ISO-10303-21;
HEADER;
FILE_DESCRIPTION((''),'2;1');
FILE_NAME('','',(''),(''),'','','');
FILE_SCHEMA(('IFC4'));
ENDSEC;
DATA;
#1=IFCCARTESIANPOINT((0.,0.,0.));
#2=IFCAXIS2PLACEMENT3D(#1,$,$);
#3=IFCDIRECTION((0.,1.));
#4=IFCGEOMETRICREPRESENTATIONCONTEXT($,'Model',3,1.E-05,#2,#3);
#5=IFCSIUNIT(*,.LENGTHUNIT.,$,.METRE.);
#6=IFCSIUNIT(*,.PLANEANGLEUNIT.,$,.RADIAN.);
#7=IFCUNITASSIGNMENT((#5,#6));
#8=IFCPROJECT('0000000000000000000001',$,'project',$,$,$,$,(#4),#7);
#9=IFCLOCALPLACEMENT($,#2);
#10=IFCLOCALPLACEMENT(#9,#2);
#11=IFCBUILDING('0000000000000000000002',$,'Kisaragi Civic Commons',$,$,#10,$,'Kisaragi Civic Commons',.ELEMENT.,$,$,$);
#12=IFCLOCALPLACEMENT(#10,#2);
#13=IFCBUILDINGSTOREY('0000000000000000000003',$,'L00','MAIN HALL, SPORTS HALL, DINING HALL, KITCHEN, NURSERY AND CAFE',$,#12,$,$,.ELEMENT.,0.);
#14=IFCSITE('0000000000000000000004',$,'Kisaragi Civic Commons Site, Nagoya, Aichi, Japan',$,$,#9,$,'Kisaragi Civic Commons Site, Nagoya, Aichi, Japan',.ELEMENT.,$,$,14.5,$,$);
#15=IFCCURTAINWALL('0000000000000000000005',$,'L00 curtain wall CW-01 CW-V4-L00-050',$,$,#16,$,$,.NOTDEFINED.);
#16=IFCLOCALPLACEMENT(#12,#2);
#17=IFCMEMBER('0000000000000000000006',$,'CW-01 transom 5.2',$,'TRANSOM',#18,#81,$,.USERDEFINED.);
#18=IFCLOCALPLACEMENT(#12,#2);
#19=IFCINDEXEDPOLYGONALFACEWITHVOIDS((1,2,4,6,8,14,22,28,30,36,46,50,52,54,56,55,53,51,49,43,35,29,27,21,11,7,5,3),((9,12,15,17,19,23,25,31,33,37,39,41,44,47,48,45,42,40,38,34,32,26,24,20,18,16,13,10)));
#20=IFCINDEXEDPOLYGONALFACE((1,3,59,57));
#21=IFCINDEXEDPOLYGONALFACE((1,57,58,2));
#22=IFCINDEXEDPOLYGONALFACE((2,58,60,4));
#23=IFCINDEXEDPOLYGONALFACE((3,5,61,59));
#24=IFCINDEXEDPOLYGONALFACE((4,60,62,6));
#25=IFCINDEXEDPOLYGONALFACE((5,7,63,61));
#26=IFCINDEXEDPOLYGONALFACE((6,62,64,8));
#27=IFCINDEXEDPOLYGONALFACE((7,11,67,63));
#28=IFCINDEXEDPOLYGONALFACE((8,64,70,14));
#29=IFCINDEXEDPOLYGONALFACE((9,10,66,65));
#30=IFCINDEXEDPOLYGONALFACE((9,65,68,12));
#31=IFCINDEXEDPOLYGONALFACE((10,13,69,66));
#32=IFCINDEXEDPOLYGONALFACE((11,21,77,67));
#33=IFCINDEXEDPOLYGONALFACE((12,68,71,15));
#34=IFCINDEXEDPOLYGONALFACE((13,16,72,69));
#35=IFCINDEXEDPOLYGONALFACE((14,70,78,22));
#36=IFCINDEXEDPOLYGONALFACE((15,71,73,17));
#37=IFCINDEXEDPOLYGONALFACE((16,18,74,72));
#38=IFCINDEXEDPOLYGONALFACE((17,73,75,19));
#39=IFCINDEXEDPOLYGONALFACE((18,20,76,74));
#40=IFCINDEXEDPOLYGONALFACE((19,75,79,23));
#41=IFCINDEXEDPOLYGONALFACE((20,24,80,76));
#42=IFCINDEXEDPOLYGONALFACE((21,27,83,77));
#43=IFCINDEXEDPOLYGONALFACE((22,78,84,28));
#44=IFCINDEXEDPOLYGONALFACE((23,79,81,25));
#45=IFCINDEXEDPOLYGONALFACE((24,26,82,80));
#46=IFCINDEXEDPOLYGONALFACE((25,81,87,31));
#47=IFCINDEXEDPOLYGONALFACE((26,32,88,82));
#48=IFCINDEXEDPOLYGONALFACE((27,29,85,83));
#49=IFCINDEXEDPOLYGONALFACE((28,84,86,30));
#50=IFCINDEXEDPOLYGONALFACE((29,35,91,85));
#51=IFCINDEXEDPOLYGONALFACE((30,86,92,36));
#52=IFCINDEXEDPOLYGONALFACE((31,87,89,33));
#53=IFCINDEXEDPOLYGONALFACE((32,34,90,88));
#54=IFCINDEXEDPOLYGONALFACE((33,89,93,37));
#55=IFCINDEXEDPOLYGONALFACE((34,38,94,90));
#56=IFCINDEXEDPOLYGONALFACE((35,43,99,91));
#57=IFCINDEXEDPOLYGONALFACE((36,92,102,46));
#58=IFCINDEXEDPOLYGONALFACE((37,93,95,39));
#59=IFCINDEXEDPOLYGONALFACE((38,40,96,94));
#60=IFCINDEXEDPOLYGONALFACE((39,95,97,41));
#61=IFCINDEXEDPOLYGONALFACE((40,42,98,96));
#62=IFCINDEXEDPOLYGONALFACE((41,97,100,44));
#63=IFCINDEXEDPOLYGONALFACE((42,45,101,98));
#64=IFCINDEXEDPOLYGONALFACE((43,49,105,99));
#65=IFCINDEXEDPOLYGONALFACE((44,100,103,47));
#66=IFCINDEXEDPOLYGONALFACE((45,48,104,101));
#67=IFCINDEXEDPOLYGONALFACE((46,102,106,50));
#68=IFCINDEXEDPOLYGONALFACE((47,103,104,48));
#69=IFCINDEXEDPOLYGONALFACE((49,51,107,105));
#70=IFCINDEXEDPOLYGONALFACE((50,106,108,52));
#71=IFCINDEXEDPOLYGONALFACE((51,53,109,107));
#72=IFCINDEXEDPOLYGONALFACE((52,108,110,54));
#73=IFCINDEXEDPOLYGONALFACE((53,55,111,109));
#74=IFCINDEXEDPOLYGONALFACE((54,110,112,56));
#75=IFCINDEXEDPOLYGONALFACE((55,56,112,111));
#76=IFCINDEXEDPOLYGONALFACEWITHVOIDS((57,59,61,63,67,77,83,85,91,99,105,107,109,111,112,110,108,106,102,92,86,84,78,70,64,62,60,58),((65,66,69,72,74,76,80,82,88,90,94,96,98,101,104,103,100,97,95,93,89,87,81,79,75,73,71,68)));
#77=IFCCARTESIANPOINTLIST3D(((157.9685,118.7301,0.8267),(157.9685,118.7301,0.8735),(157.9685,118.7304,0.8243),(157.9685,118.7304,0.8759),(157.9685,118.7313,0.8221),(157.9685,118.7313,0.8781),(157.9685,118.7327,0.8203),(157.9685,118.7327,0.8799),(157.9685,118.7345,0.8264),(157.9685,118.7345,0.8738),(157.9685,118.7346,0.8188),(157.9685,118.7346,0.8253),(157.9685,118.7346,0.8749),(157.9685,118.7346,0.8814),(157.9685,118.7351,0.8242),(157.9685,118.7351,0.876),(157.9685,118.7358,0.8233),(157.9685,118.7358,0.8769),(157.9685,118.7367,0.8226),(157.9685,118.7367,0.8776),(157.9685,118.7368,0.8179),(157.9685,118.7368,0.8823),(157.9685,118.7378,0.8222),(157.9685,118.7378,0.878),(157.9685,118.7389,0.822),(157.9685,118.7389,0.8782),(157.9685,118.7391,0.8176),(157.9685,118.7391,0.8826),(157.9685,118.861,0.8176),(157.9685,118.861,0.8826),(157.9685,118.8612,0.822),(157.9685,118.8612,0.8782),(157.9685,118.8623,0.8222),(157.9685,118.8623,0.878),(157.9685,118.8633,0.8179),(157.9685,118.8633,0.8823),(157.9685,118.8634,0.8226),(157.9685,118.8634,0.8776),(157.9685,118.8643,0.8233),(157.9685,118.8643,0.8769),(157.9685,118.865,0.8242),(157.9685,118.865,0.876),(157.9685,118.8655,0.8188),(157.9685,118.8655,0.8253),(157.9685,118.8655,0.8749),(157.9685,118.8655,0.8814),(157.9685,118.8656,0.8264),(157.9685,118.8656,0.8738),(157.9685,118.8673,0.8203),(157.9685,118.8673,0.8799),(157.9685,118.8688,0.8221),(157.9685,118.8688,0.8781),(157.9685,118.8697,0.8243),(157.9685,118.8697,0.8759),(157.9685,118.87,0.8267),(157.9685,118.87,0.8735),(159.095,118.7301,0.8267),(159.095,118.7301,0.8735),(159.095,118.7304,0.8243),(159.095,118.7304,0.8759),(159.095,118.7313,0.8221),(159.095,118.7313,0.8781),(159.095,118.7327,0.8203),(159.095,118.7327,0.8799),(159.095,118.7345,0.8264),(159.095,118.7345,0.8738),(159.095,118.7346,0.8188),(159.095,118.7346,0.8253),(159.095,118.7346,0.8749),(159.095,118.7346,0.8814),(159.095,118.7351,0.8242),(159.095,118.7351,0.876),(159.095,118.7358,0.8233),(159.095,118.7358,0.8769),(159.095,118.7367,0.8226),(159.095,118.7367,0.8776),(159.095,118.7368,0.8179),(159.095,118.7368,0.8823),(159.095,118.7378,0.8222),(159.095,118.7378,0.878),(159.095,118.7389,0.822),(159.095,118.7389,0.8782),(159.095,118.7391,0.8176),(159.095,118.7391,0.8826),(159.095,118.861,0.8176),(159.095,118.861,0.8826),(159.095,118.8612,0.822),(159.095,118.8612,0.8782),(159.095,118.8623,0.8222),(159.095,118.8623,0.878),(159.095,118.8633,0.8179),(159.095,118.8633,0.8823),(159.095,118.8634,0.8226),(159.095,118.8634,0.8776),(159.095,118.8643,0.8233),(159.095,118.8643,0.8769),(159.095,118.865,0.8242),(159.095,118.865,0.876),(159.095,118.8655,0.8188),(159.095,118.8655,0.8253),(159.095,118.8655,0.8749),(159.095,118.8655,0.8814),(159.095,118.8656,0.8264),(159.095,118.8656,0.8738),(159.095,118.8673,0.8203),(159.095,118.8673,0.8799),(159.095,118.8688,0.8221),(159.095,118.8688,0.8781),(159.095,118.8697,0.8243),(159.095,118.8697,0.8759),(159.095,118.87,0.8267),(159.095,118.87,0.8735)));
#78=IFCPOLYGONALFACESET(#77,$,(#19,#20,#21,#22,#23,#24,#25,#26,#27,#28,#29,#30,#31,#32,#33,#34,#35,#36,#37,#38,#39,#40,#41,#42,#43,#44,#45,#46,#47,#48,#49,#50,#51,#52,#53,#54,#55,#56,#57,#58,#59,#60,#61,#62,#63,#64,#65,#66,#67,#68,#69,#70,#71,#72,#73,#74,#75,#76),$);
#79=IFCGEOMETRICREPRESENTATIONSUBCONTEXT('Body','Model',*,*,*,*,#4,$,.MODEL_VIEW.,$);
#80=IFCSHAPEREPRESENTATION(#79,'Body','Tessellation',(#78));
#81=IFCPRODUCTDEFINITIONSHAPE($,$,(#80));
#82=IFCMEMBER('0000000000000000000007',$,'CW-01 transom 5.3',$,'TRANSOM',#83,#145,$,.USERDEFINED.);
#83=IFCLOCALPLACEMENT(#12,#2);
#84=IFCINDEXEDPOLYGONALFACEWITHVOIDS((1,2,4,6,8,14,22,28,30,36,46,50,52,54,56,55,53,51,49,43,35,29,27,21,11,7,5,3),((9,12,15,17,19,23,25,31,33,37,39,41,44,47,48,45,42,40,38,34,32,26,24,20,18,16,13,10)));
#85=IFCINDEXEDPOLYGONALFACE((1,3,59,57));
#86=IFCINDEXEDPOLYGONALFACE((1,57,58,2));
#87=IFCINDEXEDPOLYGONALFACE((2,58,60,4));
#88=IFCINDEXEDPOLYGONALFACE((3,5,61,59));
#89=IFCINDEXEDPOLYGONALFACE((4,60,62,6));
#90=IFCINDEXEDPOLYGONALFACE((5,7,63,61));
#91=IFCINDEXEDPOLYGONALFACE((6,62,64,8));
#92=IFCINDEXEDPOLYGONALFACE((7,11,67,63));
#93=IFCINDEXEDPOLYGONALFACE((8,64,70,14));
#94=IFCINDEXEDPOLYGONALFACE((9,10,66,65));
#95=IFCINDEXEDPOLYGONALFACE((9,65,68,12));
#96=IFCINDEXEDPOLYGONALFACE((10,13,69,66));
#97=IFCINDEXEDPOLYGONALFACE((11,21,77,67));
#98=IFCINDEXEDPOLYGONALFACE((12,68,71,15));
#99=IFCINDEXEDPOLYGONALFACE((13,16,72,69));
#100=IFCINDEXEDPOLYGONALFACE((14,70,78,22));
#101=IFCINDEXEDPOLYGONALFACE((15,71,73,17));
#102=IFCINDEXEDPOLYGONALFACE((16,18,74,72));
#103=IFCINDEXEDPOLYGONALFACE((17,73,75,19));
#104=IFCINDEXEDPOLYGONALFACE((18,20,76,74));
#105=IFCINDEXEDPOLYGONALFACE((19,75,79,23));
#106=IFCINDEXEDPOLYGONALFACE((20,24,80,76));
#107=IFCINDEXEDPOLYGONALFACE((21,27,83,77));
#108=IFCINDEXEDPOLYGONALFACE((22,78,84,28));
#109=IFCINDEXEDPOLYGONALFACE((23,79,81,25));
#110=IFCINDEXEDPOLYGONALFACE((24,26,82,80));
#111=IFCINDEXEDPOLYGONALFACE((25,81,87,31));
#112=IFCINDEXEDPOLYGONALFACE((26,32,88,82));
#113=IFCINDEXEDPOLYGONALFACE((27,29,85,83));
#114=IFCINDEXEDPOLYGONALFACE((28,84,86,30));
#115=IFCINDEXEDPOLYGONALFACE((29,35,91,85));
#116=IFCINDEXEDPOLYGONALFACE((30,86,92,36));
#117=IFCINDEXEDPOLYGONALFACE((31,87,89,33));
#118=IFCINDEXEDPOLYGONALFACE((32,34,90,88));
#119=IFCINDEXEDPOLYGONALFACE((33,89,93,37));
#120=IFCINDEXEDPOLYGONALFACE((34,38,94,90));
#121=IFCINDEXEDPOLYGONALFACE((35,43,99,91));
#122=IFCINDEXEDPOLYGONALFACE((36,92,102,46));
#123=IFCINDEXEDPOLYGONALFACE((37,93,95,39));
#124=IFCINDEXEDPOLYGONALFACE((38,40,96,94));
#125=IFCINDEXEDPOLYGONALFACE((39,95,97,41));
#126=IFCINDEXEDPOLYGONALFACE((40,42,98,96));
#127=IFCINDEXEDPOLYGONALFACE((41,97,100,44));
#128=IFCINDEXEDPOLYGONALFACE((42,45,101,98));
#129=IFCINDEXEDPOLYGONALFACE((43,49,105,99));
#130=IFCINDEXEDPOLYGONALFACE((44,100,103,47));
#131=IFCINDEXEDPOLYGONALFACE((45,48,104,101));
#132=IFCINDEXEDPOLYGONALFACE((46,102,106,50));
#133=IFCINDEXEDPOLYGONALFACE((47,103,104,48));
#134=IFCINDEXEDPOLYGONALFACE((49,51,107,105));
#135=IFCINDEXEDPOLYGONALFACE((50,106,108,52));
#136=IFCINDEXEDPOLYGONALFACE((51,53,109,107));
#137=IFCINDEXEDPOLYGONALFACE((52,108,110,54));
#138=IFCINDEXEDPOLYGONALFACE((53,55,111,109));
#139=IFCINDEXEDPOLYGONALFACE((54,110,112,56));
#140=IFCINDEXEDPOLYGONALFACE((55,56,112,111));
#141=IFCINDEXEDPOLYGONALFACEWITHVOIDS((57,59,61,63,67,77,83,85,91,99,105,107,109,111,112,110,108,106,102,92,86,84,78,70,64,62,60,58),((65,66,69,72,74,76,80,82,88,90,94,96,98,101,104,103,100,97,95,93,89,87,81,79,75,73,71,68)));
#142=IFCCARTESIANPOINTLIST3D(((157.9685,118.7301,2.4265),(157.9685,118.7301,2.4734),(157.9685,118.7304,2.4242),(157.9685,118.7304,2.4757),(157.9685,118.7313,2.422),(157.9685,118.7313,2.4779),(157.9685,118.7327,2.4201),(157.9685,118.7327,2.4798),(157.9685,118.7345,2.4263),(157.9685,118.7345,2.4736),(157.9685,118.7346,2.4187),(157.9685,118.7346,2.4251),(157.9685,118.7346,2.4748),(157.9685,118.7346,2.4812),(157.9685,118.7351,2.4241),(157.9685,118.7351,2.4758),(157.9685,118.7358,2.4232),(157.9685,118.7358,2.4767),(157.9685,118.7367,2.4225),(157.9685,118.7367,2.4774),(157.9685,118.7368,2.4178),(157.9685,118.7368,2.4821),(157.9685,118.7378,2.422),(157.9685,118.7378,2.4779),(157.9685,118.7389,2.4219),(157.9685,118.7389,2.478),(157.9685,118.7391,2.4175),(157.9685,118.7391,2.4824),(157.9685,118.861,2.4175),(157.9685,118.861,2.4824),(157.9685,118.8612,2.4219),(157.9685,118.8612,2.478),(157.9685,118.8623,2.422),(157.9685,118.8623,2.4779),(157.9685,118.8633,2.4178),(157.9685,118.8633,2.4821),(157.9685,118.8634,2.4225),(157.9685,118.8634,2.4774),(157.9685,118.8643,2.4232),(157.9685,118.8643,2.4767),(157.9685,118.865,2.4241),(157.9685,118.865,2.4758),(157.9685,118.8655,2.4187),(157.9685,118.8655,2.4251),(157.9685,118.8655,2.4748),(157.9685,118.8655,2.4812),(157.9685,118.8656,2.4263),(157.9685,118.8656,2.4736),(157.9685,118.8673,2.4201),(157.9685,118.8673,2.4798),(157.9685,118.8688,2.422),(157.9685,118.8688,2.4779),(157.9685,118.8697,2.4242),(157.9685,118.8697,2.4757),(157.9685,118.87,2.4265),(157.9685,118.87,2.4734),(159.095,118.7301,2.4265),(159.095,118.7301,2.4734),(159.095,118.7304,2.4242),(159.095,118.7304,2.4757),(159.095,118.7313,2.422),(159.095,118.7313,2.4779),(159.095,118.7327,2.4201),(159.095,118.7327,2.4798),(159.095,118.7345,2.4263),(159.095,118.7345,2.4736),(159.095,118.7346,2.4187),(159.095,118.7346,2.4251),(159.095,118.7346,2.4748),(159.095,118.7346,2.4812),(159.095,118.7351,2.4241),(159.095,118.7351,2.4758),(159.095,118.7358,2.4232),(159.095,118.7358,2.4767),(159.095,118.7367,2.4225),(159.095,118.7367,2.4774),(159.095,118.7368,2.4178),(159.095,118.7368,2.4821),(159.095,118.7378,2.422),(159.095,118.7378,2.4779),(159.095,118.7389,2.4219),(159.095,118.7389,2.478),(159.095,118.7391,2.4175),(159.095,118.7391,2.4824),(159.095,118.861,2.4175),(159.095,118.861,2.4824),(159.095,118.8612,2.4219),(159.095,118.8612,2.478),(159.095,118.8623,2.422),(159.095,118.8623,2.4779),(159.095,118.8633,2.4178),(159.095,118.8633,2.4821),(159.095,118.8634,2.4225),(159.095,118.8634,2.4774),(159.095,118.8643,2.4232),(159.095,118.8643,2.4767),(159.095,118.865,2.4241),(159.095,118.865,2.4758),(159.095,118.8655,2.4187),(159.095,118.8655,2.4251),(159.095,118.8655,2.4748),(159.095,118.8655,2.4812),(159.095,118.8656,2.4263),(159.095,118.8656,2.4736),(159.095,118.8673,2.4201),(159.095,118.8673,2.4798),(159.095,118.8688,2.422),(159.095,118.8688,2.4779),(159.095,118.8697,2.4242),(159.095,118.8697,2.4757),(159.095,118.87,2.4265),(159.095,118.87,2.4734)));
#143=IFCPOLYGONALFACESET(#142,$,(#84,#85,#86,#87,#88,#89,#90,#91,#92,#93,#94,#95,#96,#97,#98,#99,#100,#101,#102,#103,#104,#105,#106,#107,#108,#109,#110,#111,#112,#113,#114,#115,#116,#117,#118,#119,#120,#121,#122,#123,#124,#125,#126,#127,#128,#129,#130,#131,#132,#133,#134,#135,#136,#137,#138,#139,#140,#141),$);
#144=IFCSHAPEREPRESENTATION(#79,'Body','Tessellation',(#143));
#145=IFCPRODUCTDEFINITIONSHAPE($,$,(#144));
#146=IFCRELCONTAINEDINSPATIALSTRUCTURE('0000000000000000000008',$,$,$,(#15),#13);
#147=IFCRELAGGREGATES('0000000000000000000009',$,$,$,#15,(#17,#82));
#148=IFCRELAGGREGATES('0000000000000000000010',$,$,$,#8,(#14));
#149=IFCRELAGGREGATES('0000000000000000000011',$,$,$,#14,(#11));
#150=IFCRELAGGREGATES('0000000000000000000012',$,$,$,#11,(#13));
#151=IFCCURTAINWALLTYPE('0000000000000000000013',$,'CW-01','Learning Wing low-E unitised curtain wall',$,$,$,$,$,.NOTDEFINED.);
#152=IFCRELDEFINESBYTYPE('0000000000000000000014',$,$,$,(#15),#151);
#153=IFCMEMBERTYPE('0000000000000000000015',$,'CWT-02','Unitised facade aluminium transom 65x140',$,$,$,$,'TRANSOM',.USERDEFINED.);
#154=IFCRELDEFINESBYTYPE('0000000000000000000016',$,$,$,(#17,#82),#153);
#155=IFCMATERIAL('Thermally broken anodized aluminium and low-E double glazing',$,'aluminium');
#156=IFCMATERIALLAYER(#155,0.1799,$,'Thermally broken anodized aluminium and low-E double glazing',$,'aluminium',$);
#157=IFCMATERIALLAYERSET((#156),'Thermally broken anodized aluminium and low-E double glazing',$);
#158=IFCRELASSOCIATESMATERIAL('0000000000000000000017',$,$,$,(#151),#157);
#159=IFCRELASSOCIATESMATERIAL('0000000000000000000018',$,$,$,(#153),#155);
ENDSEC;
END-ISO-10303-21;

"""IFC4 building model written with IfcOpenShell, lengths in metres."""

from ifc_helpers import new_model, si_unit, direction, frame, origin, origin_2d, place, context, subcontext, project, spatial, hollow_rectangle, extrude, material, layer, layer_set, material_profile, profile_set, type_object, element, aggregate, save


model = new_model("IFC4")

# Units and contexts
model_context = context("Model", 3, precision=1e-05, world=origin(), true_north=direction((0.0, 1.0)))
body_context = subcontext(model_context, "Body", "Model", "MODEL_VIEW")
ifc_project = project(units=[si_unit("LENGTHUNIT", "METRE"), si_unit("PLANEANGLEUNIT", "RADIAN")], contexts=[model_context])

# Site, building, storey
site_placement = place(None, origin())
site = spatial("IfcSite", under=ifc_project, at=site_placement, Name="Kisaragi Civic Commons Site, Nagoya, Aichi, Japan", LongName="Kisaragi Civic Commons Site, Nagoya, Aichi, Japan", CompositionType="ELEMENT", RefElevation=14.5)
building_placement = place(site_placement, origin())
building = spatial("IfcBuilding", under=site, at=building_placement, Name="Kisaragi Civic Commons", LongName="Kisaragi Civic Commons", CompositionType="ELEMENT")
storey_placement = place(building_placement, origin())
storey = spatial("IfcBuildingStorey", under=building, at=storey_placement, Name="L00", Description="MAIN HALL, SPORTS HALL, DINING HALL, KITCHEN, NURSERY AND CAFE", CompositionType="ELEMENT", Elevation=0.0)

# Curtain wall
ifc_material_1 = material(Name="Thermally broken anodized aluminium and low-E double glazing", Category="aluminium")
ifc_layer_1 = layer(ifc_material_1, 0.1799, Name="Thermally broken anodized aluminium and low-E double glazing", Category="aluminium")
ifc_layer_set_1 = layer_set([ifc_layer_1], Name="Thermally broken anodized aluminium and low-E double glazing")
curtain_wall_type = type_object("IfcCurtainWallType", Name="CW-01", Description="Learning Wing low-E unitised curtain wall", PredefinedType="NOTDEFINED", material=ifc_layer_set_1)
curtain_wall_1_placement = place(storey_placement, origin())
curtain_wall_1 = element("IfcCurtainWall", 1, at=curtain_wall_1_placement, inside=storey, type_object=curtain_wall_type, Name="L00 curtain wall CW-01 CW-V4-L00-050", PredefinedType="NOTDEFINED")

# Members
ifc_material_profile_1 = material_profile(ifc_material_1, hollow_rectangle(XDim=0.1399, YDim=0.0649, WallThickness=0.0044, InnerFilletRadius=0.0044, OuterFilletRadius=0.009, at=origin_2d()), Name="CWT-65x140x4.5", Category="aluminium")
ifc_profile_set_1 = profile_set([ifc_material_profile_1], Name="Thermally broken anodized aluminium and low-E double glazing")
member_type_1 = type_object("IfcMemberType", Name="CWT-02", Description="Unitised facade aluminium transom 65x140", ElementType="TRANSOM", PredefinedType="USERDEFINED", material=ifc_profile_set_1)
member_1_placement = place(storey_placement, frame((157.9685, 118.8, 0.8501), z_axis=(1.0, 0.0, 0.0), x_axis=(0.0, 1.0, 0.0)))
member_1 = element("IfcMember", 2, at=member_1_placement, type_object=member_type_1, Name="CW-01 transom 5.2", ObjectType="TRANSOM", PredefinedType="USERDEFINED", context=body_context, shape_type="SweptSolid", body=[
    extrude(hollow_rectangle(XDim=0.1399, YDim=0.0649, WallThickness=0.0044, InnerFilletRadius=0.0044, OuterFilletRadius=0.009, at=origin_2d()), origin(), (0.0, 0.0, 1.0), 1.1265),
])
member_2_placement = place(storey_placement, frame((157.9685, 118.8, 2.45), z_axis=(1.0, 0.0, 0.0), x_axis=(0.0, 1.0, 0.0)))
member_2 = element("IfcMember", 3, at=member_2_placement, type_object=member_type_1, Name="CW-01 transom 5.3", ObjectType="TRANSOM", PredefinedType="USERDEFINED", context=body_context, shape_type="SweptSolid", body=[
    extrude(hollow_rectangle(XDim=0.1399, YDim=0.0649, WallThickness=0.0044, InnerFilletRadius=0.0044, OuterFilletRadius=0.009, at=origin_2d()), origin(), (0.0, 0.0, 1.0), 1.1265),
])

aggregate(curtain_wall_1, [member_1, member_2])

save(model, "model.ifc")
